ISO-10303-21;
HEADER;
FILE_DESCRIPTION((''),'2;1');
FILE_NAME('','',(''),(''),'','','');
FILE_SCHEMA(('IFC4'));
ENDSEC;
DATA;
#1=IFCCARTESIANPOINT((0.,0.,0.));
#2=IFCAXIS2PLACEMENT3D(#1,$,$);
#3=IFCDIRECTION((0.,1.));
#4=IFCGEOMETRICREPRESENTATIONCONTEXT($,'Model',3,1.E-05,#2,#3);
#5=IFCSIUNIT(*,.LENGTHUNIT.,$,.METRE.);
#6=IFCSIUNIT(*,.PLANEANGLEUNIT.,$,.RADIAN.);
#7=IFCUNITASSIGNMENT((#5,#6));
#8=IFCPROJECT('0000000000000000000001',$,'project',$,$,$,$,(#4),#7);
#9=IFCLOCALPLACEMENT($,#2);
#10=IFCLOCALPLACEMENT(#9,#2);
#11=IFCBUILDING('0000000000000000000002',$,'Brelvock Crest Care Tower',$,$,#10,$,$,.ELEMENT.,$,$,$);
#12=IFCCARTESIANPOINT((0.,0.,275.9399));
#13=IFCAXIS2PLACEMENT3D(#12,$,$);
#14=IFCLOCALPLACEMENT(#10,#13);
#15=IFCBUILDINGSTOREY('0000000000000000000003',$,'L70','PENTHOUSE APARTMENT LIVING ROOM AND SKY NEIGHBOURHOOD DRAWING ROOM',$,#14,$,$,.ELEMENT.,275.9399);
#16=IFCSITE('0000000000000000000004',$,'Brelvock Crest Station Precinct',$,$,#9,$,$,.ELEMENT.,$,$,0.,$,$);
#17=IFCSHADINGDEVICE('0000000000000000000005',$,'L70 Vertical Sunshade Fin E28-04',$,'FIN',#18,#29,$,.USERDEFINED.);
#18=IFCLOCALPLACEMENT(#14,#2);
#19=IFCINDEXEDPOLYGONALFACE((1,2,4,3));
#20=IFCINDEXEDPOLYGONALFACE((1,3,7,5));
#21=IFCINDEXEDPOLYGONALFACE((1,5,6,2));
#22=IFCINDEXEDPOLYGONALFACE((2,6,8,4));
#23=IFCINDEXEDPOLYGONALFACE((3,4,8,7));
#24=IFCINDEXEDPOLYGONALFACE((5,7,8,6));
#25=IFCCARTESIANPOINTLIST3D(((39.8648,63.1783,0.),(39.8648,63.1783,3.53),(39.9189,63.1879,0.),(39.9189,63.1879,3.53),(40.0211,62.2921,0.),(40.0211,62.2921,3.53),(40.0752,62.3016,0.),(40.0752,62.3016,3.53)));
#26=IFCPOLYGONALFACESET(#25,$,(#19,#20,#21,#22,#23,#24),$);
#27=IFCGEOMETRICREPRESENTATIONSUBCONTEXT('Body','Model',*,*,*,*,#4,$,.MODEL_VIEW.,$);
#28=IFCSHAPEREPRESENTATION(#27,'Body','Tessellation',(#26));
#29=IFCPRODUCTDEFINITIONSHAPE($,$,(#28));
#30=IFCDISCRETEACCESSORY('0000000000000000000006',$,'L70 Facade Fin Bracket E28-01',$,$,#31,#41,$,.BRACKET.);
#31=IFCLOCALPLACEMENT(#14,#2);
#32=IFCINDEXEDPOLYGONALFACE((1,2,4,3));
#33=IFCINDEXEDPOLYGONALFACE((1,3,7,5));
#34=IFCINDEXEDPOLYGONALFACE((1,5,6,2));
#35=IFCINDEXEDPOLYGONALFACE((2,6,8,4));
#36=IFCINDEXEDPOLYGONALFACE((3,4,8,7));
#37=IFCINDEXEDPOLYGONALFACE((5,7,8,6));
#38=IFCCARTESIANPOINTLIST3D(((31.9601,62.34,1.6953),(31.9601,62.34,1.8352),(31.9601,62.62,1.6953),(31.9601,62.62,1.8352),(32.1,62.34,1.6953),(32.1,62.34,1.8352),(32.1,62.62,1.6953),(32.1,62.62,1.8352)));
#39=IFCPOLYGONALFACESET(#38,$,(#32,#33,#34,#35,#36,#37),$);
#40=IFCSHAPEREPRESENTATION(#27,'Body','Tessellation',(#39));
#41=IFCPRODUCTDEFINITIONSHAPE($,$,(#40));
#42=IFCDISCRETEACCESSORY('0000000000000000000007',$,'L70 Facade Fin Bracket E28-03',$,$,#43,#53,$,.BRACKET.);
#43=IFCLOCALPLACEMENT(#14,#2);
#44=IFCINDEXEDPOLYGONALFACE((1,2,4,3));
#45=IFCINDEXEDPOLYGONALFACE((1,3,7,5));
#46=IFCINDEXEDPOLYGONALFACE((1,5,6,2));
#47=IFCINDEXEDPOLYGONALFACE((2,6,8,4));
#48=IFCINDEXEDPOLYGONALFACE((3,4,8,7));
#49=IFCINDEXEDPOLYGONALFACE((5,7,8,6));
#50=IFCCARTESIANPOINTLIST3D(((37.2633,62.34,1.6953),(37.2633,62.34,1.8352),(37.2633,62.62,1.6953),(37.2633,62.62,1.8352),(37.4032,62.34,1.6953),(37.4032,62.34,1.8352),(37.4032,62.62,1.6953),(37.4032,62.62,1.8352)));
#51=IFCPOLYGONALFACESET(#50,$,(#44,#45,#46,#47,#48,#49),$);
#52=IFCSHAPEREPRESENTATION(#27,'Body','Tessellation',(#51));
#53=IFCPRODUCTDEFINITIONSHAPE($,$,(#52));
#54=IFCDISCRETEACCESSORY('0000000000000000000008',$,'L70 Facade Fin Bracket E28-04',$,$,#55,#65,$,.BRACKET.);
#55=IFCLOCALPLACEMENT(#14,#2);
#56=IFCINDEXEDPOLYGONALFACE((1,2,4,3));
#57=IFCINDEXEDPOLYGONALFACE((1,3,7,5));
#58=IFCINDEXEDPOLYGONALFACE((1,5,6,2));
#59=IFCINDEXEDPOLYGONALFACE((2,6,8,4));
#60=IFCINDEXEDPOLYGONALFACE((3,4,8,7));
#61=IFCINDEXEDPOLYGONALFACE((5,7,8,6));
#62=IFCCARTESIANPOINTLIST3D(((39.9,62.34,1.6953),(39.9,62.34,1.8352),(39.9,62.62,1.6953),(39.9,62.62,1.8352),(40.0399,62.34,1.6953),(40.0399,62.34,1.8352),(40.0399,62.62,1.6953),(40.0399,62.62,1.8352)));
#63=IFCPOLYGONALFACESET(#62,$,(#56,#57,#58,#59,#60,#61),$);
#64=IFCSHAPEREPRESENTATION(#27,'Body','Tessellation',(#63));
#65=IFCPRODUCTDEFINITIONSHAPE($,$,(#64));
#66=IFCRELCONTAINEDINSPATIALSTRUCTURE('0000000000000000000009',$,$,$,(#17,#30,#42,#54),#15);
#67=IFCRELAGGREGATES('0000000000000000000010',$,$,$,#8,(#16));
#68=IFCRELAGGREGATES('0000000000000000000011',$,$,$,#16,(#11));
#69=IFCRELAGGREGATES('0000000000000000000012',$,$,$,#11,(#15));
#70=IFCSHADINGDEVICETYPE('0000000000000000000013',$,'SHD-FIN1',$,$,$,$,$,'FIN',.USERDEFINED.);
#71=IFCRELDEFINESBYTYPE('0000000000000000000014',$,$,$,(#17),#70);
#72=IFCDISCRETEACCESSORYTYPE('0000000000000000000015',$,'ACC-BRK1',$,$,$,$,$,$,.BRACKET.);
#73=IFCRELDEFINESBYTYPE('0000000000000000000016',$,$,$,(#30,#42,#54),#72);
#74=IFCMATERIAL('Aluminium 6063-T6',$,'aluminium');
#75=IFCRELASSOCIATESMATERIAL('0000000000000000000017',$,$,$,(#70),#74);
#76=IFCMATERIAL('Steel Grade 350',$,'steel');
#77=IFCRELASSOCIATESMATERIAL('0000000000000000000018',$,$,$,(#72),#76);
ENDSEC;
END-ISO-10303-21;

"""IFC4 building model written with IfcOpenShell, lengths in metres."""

from ifc_helpers import new_model, si_unit, direction, frame, origin, origin_2d, place, context, subcontext, project, spatial, rectangle, extrude, source, transform, mapped, material, material_profile, profile_set, type_object, element, save


model = new_model("IFC4")

# Units and contexts
model_context = context("Model", 3, precision=1e-05, world=origin(), true_north=direction((0.0, 1.0)))
body_context = subcontext(model_context, "Body", "Model", "MODEL_VIEW")
ifc_project = project(units=[si_unit("LENGTHUNIT", "METRE"), si_unit("PLANEANGLEUNIT", "RADIAN")], contexts=[model_context])

# Site, building, storey
site_placement = place(None, origin())
site = spatial("IfcSite", under=ifc_project, at=site_placement, Name="Brelvock Crest Station Precinct", CompositionType="ELEMENT", RefElevation=0.0)
building_placement = place(site_placement, origin())
building = spatial("IfcBuilding", under=site, at=building_placement, Name="Brelvock Crest Care Tower", CompositionType="ELEMENT")
storey_placement = place(building_placement, frame((0.0, 0.0, 275.9399)))
storey = spatial("IfcBuildingStorey", under=building, at=storey_placement, Name="L70", Description="PENTHOUSE APARTMENT LIVING ROOM AND SKY NEIGHBOURHOOD DRAWING ROOM", CompositionType="ELEMENT", Elevation=275.9399)

# Shared definitions
ifc_material_1 = material(Name="Steel Grade 350", Category="steel")

# Shared definitions
ifc_material_2 = material(Name="Aluminium 6063-T6", Category="aluminium")

# Shading device
ifc_material_profile_1 = material_profile(ifc_material_2, rectangle(XDim=0.0549, YDim=0.8999, at=origin_2d()), Name="FIN55x900")
ifc_profile_set_1 = profile_set([ifc_material_profile_1], Name="Aluminium 6063-T6")
shading_device_type = type_object("IfcShadingDeviceType", Name="SHD-FIN1", ElementType="FIN", PredefinedType="USERDEFINED", material=ifc_profile_set_1)
shared_shape_1 = source(origin(), body_context, "Body", "SweptSolid", [
    extrude(rectangle(XDim=0.0549, YDim=0.8999, at=origin_2d()), origin(), (0.0, 0.0, 1.0), 3.53),
])
for number, where, z_axis, x_axis, name in (
    (1, (39.97, 62.74, 0.0), (0.0, 0.0, 1.0), (0.984808, 0.173648, 0.0), "L70 Vertical Sunshade Fin E28-04"),
):
    element("IfcShadingDevice", number, at=place(storey_placement, frame(where, z_axis=z_axis, x_axis=x_axis)), inside=storey, type_object=shading_device_type, Name=name, ObjectType="FIN", PredefinedType="USERDEFINED", context=body_context, shape_type="MappedRepresentation", body=[
        mapped(shared_shape_1, transform((0.0, 0.0, 0.0), x_axis=(1.0, 0.0, 0.0), y_axis=(0.0, 1.0, 0.0), z_axis=(0.0, 0.0, 1.0), scale=1.0)),
    ])

# Discrete accessories
discrete_accessory_type = type_object("IfcDiscreteAccessoryType", Name="ACC-BRK1", PredefinedType="BRACKET", material=ifc_material_1)
shared_shape_2 = source(origin(), body_context, "Body", "SweptSolid", [
    extrude(rectangle(XDim=0.28, YDim=0.1399, at=origin_2d()), origin(), (0.0, 0.0, 1.0), 0.1399),
])
for number, where, z_axis, x_axis, name in (
    (2, (32.03, 62.48, 1.6953), (0.0, 0.0, 1.0), (0.0, 1.0, 0.0), "L70 Facade Fin Bracket E28-01"),
    (3, (37.3333, 62.48, 1.6953), (0.0, 0.0, 1.0), (0.0, 1.0, 0.0), "L70 Facade Fin Bracket E28-03"),
    (4, (39.97, 62.48, 1.6953), (0.0, 0.0, 1.0), (0.0, 1.0, 0.0), "L70 Facade Fin Bracket E28-04"),
):
    element("IfcDiscreteAccessory", number, at=place(storey_placement, frame(where, z_axis=z_axis, x_axis=x_axis)), inside=storey, type_object=discrete_accessory_type, Name=name, PredefinedType="BRACKET", context=body_context, shape_type="MappedRepresentation", body=[
        mapped(shared_shape_2, transform((0.0, 0.0, 0.0), x_axis=(1.0, 0.0, 0.0), y_axis=(0.0, 1.0, 0.0), z_axis=(0.0, 0.0, 1.0), scale=1.0)),
    ])

save(model, "model.ifc")
